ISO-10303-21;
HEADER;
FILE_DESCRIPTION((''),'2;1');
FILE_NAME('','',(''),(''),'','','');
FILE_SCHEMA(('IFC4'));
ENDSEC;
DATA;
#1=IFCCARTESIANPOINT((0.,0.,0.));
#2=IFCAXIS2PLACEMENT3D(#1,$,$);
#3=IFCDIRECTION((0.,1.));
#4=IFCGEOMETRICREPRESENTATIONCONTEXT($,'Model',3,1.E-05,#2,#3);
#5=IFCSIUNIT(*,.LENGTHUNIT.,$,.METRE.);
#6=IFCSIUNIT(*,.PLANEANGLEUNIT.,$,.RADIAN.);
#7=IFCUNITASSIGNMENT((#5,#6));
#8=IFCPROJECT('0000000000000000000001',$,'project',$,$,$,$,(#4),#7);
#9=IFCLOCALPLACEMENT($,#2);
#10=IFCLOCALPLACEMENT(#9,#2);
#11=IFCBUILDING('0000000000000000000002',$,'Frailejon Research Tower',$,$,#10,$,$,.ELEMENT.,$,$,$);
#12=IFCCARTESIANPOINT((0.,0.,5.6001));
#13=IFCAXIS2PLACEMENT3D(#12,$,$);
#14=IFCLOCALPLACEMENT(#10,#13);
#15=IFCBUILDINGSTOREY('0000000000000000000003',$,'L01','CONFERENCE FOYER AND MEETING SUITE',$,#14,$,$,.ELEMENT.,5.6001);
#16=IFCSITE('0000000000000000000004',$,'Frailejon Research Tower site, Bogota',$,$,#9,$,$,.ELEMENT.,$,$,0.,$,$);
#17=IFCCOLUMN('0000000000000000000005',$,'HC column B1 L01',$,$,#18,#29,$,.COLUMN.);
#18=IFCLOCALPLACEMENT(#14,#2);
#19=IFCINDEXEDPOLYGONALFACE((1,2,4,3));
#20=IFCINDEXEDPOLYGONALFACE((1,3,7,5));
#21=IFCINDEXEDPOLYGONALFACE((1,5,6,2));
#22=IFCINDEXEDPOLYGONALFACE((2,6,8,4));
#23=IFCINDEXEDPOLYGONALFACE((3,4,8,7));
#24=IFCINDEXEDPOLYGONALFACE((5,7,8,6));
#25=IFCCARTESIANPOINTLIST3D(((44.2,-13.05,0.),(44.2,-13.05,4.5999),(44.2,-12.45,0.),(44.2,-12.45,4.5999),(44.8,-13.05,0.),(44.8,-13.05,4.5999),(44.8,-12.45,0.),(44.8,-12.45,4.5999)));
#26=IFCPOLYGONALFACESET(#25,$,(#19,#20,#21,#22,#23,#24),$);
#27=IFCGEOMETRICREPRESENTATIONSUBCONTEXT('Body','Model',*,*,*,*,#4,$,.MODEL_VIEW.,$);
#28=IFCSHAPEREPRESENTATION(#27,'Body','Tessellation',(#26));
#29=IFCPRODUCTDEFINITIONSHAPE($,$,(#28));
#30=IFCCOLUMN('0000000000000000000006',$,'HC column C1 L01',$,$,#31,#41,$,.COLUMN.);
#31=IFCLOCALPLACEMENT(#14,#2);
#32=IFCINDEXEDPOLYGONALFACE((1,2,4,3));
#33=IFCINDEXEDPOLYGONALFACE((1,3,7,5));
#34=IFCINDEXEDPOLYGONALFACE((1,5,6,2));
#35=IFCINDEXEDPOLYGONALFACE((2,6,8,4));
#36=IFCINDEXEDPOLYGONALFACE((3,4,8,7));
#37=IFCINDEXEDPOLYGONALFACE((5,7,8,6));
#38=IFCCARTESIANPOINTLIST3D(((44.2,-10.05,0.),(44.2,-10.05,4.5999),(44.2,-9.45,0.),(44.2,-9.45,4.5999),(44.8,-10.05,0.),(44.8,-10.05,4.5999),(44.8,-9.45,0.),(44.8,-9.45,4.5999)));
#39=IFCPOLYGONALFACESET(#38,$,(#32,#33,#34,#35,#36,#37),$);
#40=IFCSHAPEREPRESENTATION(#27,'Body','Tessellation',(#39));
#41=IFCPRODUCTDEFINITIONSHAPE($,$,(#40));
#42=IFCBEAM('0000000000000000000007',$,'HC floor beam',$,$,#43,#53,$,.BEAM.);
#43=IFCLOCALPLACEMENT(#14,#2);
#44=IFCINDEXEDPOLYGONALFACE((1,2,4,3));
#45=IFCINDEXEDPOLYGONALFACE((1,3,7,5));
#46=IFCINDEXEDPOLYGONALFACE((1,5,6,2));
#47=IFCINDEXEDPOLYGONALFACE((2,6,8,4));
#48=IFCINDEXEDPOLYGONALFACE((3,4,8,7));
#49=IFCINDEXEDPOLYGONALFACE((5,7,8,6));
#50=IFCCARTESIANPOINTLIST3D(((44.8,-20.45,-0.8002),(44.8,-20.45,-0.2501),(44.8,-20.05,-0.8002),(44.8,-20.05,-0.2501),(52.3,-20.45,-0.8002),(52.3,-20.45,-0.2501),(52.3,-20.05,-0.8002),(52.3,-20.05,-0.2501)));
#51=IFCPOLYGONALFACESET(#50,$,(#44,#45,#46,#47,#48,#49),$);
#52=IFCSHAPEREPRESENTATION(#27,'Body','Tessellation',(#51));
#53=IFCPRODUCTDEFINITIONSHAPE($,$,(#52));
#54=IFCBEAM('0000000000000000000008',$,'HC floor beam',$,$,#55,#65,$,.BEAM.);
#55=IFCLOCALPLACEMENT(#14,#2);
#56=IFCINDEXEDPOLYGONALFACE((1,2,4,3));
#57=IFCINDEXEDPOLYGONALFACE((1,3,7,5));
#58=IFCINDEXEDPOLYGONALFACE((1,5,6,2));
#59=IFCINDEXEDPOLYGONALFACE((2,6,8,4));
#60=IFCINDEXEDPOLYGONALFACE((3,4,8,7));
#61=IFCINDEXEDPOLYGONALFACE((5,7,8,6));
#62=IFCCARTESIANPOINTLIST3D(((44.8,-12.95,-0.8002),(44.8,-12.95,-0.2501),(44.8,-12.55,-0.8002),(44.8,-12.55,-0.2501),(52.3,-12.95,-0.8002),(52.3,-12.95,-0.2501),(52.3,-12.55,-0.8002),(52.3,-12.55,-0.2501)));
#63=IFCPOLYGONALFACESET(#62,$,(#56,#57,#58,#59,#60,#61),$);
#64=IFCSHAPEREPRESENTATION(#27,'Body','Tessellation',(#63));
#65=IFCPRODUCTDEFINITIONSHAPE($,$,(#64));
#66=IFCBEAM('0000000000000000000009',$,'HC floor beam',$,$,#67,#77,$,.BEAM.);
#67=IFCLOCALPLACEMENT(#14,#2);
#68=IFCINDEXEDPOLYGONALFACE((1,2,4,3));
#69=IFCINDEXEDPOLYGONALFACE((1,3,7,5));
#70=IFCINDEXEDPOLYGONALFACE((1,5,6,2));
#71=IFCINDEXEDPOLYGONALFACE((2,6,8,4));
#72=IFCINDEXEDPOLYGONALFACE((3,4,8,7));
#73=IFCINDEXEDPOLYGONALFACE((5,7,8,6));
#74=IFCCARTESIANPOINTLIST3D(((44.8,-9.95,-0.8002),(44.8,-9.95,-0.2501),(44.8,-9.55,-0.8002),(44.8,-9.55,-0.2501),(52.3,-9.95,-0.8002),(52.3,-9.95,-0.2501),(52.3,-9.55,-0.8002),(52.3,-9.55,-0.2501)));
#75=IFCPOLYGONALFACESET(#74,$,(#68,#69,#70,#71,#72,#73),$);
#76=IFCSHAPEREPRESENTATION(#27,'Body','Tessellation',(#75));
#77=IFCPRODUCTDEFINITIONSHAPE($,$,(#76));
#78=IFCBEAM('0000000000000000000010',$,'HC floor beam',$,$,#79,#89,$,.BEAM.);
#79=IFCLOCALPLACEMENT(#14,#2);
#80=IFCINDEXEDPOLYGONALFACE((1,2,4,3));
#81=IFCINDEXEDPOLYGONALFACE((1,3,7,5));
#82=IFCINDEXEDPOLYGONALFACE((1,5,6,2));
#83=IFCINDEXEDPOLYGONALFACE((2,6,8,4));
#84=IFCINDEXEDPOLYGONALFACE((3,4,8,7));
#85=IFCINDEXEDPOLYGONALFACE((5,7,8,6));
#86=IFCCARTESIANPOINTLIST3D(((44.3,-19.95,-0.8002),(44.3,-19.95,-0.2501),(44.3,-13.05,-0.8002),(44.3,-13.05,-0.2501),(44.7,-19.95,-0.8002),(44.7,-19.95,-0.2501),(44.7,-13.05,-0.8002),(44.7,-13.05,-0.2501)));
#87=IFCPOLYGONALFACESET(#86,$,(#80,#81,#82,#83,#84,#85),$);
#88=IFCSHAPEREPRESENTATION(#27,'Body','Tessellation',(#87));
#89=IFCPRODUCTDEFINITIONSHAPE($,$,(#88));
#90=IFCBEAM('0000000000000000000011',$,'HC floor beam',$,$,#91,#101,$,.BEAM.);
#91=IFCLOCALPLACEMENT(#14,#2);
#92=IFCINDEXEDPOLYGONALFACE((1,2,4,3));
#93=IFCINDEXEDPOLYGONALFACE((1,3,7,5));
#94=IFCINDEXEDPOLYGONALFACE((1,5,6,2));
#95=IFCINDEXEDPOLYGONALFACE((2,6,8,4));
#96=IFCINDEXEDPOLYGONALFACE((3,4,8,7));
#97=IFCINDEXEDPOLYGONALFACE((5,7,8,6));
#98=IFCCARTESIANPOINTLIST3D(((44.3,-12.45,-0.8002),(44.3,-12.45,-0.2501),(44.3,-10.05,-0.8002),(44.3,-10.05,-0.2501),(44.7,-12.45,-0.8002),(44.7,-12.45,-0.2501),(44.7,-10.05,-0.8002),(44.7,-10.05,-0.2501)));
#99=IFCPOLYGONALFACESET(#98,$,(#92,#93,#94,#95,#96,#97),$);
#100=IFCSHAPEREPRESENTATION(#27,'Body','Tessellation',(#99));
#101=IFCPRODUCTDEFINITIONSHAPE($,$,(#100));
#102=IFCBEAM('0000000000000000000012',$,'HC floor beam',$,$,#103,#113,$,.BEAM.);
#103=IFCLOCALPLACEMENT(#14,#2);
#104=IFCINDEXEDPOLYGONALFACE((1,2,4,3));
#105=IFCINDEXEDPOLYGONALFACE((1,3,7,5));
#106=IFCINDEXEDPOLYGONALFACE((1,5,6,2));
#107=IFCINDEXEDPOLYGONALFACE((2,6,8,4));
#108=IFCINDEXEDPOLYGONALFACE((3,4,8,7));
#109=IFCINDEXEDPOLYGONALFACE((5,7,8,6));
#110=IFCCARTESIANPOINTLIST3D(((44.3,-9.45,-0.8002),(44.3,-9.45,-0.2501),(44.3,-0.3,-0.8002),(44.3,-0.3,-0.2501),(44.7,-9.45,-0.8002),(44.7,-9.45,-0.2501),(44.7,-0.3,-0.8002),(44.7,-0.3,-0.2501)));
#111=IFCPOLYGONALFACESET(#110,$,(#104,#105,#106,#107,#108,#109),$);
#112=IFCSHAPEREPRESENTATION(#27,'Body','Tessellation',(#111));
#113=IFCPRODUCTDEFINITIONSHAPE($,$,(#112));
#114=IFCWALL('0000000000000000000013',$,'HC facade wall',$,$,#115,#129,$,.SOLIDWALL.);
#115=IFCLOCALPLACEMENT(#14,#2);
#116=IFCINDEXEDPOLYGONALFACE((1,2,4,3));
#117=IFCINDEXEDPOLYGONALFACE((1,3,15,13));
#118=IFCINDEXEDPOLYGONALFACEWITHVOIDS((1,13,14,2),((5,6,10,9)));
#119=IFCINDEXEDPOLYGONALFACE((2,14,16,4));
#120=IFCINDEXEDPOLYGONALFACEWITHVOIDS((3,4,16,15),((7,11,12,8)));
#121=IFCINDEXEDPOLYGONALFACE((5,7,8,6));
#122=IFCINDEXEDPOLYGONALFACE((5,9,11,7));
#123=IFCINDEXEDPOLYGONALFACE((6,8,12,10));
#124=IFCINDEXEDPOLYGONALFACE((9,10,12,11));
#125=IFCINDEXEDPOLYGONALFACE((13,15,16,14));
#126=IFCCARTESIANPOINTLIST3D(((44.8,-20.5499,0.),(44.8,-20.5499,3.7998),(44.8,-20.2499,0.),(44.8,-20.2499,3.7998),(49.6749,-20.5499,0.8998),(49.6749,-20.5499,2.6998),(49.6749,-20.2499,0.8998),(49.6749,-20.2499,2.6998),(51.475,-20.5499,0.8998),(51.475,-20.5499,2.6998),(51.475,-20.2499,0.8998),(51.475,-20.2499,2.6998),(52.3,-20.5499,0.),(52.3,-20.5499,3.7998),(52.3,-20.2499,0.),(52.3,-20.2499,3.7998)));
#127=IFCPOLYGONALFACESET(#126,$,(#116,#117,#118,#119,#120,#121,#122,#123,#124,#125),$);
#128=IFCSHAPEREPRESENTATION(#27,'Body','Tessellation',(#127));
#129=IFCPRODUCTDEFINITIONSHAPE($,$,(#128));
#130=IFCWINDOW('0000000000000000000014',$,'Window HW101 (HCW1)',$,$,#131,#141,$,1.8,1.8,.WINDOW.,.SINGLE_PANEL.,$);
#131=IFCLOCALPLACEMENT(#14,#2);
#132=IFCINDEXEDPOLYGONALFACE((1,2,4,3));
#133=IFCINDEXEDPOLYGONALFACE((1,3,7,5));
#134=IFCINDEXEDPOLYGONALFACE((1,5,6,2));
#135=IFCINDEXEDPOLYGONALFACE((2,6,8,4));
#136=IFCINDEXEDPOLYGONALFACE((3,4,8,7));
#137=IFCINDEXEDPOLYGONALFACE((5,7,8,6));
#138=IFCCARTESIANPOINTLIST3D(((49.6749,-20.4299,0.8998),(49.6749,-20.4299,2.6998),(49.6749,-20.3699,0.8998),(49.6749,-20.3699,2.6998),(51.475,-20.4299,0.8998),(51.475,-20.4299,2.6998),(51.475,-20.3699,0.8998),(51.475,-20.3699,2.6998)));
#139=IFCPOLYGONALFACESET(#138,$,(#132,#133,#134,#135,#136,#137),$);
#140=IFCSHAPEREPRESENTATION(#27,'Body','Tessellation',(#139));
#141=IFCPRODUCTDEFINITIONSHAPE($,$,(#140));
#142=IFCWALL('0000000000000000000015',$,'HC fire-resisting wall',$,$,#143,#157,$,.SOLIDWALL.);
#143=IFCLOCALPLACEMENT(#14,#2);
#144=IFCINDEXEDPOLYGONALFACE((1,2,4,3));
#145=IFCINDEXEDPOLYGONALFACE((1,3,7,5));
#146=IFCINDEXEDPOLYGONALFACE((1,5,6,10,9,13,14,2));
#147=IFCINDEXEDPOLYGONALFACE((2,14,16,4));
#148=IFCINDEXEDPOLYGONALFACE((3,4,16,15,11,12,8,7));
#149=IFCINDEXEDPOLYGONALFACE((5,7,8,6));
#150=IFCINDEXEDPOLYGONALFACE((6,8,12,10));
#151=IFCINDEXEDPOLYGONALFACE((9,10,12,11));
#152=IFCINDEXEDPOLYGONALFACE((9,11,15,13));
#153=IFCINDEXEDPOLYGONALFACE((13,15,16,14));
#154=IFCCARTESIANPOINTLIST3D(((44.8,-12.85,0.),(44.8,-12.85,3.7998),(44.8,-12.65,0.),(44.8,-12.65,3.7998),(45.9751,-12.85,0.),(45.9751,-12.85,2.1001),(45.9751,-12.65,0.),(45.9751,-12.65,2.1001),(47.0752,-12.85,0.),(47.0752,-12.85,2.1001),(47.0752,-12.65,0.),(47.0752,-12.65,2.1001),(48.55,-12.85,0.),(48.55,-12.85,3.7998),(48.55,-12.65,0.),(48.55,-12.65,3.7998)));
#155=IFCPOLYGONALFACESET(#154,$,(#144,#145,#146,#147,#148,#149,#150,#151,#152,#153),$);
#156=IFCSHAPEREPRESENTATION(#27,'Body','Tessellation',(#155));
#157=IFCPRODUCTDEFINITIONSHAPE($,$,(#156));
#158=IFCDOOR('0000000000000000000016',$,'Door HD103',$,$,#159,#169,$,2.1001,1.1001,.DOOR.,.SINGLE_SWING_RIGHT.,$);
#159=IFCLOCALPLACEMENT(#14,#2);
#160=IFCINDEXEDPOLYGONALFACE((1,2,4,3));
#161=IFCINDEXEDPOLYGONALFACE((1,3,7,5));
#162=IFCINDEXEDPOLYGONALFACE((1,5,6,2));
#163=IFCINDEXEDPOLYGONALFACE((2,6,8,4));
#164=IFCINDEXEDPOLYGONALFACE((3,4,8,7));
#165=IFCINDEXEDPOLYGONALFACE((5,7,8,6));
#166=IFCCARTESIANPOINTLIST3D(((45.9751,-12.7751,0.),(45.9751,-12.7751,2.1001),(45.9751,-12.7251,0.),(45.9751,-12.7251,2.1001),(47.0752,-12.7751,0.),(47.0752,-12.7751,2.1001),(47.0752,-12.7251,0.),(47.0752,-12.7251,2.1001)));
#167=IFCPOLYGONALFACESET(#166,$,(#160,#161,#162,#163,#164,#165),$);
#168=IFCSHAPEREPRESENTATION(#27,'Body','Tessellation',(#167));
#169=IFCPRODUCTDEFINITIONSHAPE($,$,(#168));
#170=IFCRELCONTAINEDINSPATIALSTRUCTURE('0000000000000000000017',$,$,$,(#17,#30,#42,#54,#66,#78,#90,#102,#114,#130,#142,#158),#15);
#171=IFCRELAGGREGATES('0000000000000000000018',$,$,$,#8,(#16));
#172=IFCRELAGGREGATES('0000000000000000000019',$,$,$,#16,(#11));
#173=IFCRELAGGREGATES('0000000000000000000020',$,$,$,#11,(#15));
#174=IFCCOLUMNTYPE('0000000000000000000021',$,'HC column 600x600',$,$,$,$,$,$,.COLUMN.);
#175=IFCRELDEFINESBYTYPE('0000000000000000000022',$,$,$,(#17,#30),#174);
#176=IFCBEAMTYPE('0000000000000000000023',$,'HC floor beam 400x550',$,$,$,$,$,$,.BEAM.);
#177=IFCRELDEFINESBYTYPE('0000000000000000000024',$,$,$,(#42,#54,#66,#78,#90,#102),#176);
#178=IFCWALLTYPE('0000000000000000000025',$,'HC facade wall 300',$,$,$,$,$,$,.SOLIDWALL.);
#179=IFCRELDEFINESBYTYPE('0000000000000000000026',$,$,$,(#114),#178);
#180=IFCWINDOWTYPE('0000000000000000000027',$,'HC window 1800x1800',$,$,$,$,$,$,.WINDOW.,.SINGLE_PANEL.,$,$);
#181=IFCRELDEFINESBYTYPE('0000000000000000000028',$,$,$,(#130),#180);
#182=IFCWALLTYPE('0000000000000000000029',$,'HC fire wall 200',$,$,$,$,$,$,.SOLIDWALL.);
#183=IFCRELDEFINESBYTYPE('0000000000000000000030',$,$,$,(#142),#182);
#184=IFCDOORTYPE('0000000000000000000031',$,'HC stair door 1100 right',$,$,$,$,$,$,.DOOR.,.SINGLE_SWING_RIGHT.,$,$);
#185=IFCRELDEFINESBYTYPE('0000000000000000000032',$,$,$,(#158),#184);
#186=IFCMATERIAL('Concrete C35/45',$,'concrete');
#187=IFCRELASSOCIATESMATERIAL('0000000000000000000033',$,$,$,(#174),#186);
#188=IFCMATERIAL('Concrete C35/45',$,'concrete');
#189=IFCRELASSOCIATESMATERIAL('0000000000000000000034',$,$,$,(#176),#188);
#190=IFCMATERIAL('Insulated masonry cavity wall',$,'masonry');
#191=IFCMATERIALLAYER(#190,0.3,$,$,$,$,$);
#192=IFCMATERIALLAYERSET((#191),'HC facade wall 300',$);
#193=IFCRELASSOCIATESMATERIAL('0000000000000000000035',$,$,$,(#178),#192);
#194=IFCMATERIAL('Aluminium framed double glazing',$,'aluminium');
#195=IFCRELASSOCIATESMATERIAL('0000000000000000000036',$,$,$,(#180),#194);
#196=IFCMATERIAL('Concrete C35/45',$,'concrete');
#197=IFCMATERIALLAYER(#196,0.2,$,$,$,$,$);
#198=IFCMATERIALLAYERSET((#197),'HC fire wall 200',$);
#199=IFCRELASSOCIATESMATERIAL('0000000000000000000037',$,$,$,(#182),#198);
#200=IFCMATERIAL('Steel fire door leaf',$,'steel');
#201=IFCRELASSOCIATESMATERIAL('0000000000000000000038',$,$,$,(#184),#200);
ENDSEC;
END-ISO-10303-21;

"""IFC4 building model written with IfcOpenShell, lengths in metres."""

from ifc_helpers import new_model, si_unit, direction, frame, frame_2d, origin, origin_2d, place, context, subcontext, project, spatial, rectangle, extrude, material, layer, layer_set, material_profile, profile_set, type_object, element, fill, save


model = new_model("IFC4")

# Units and contexts
model_context = context("Model", 3, precision=1e-05, world=origin(), true_north=direction((0.0, 1.0)))
body_context = subcontext(model_context, "Body", "Model", "MODEL_VIEW")
ifc_project = project(units=[si_unit("LENGTHUNIT", "METRE"), si_unit("PLANEANGLEUNIT", "RADIAN")], contexts=[model_context])

# Site, building, storey
site_placement = place(None, origin())
site = spatial("IfcSite", under=ifc_project, at=site_placement, Name="Frailejon Research Tower site, Bogota", CompositionType="ELEMENT", RefElevation=0.0)
building_placement = place(site_placement, origin())
building = spatial("IfcBuilding", under=site, at=building_placement, Name="Frailejon Research Tower", CompositionType="ELEMENT")
storey_placement = place(building_placement, frame((0.0, 0.0, 5.6001)))
storey = spatial("IfcBuildingStorey", under=building, at=storey_placement, Name="L01", Description="CONFERENCE FOYER AND MEETING SUITE", CompositionType="ELEMENT", Elevation=5.6001)

# Columns
ifc_material_1 = material(Name="Concrete C35/45", Category="concrete")
ifc_material_profile_1 = material_profile(ifc_material_1, rectangle(XDim=0.6001, YDim=0.6001, at=origin_2d()), Name="HC column 600x600")
ifc_profile_set_1 = profile_set([ifc_material_profile_1], Name="Concrete C35/45")
column_type = type_object("IfcColumnType", Name="HC column 600x600", PredefinedType="COLUMN", material=ifc_profile_set_1)
for number, where, z_axis, x_axis, name in (
    (1, (44.5, -12.75, 0.0), (0.0, 0.0, 1.0), (1.0, 0.0, 0.0), "HC column B1 L01"),
    (2, (44.5, -9.75, 0.0), (0.0, 0.0, 1.0), (1.0, 0.0, 0.0), "HC column C1 L01"),
):
    element("IfcColumn", number, at=place(storey_placement, frame(where, z_axis=z_axis, x_axis=x_axis)), inside=storey, type_object=column_type, Name=name, PredefinedType="COLUMN", context=body_context, shape_type="SweptSolid", body=[
        extrude(rectangle(XDim=0.6001, YDim=0.6001, at=origin_2d()), origin(), (0.0, 0.0, 1.0), 4.5999),
    ])

# Beams
ifc_material_2 = material(Name="Concrete C35/45", Category="concrete")
ifc_material_profile_2 = material_profile(ifc_material_2, rectangle(XDim=0.3999, YDim=0.55, at=origin_2d()), Name="HC floor beam 400x550")
ifc_profile_set_2 = profile_set([ifc_material_profile_2], Name="Concrete C35/45")
beam_type = type_object("IfcBeamType", Name="HC floor beam 400x550", PredefinedType="BEAM", material=ifc_profile_set_2)
for number, where, z_axis, x_axis, name in (
    (3, (44.8, -20.25, -0.5251), (1.0, 0.0, 0.0), (0.0, 1.0, 0.0), "HC floor beam"),
    (4, (44.8, -12.75, -0.5251), (1.0, 0.0, 0.0), (0.0, 1.0, 0.0), "HC floor beam"),
    (5, (44.8, -9.75, -0.5251), (1.0, 0.0, 0.0), (0.0, 1.0, 0.0), "HC floor beam"),
):
    element("IfcBeam", number, at=place(storey_placement, frame(where, z_axis=z_axis, x_axis=x_axis)), inside=storey, type_object=beam_type, Name=name, PredefinedType="BEAM", context=body_context, shape_type="SweptSolid", body=[
        extrude(rectangle(XDim=0.3999, YDim=0.55, at=origin_2d()), origin(), (0.0, 0.0, 1.0), 7.5),
    ])
beam_1_placement = place(storey_placement, frame((44.5, -19.95, -0.5251), z_axis=(0.0, 1.0, 0.0), x_axis=(-1.0, 0.0, 0.0)))
element("IfcBeam", 6, at=beam_1_placement, inside=storey, type_object=beam_type, Name="HC floor beam", PredefinedType="BEAM", context=body_context, shape_type="SweptSolid", body=[
    extrude(rectangle(XDim=0.3999, YDim=0.55, at=origin_2d()), origin(), (0.0, 0.0, 1.0), 6.8999),
])
beam_2_placement = place(storey_placement, frame((44.5, -12.45, -0.5251), z_axis=(0.0, 1.0, 0.0), x_axis=(-1.0, 0.0, 0.0)))
element("IfcBeam", 7, at=beam_2_placement, inside=storey, type_object=beam_type, Name="HC floor beam", PredefinedType="BEAM", context=body_context, shape_type="SweptSolid", body=[
    extrude(rectangle(XDim=0.3999, YDim=0.55, at=origin_2d()), origin(), (0.0, 0.0, 1.0), 2.3999),
])
beam_3_placement = place(storey_placement, frame((44.5, -9.45, -0.5251), z_axis=(0.0, 1.0, 0.0), x_axis=(-1.0, 0.0, 0.0)))
element("IfcBeam", 8, at=beam_3_placement, inside=storey, type_object=beam_type, Name="HC floor beam", PredefinedType="BEAM", context=body_context, shape_type="SweptSolid", body=[
    extrude(rectangle(XDim=0.3999, YDim=0.55, at=origin_2d()), origin(), (0.0, 0.0, 1.0), 9.1499),
])

# Wall, opening, window
ifc_material_3 = material(Name="Insulated masonry cavity wall", Category="masonry")
ifc_layer_1 = layer(ifc_material_3, 0.3)
ifc_layer_set_1 = layer_set([ifc_layer_1], Name="HC facade wall 300")
wall_type_1 = type_object("IfcWallType", Name="HC facade wall 300", PredefinedType="SOLIDWALL", material=ifc_layer_set_1)
wall_1_placement = place(storey_placement, frame((44.8, -20.3999, 0.0), z_axis=(0.0, 0.0, 1.0), x_axis=(1.0, 0.0, 0.0)))
wall_1 = element("IfcWall", 9, at=wall_1_placement, inside=storey, type_object=wall_type_1, Name="HC facade wall", PredefinedType="SOLIDWALL", context=body_context, shape_type="SweptSolid", body=[
    extrude(rectangle(XDim=7.5, YDim=0.3, at=frame_2d((3.75, 0.0))), origin(), (0.0, 0.0, 1.0), 3.7998),
])
opening_1_placement = place(wall_1_placement, frame((4.875, 0.0, 0.8999)))
opening_1 = element("IfcOpeningElement", 10, at=opening_1_placement, cuts=wall_1, PredefinedType="OPENING", context=body_context, shape_type="SweptSolid", body=[
    extrude(rectangle(XDim=1.8, YDim=1.8, at=frame_2d((0.8999, 0.8999))), frame((0.0, 0.1599, 0.0), z_axis=(0.0, -1.0, 0.0), x_axis=(1.0, 0.0, 0.0)), (0.0, 0.0, 1.0), 0.3201),
])
ifc_material_4 = material(Name="Aluminium framed double glazing", Category="aluminium")
window_type = type_object("IfcWindowType", Name="HC window 1800x1800", PartitioningType="SINGLE_PANEL", PredefinedType="WINDOW", material=ifc_material_4)
window_placement = place(opening_1_placement, origin())
window = element("IfcWindow", 11, at=window_placement, inside=storey, type_object=window_type, Name="Window HW101 (HCW1)", OverallHeight=1.8, OverallWidth=1.8, PartitioningType="SINGLE_PANEL", PredefinedType="WINDOW", context=body_context, shape_type="SweptSolid", body=[
    extrude(rectangle(XDim=1.8, YDim=1.8, at=frame_2d((0.8999, 0.8999))), frame((0.0, 0.03, 0.0), z_axis=(0.0, -1.0, 0.0), x_axis=(1.0, 0.0, 0.0)), (0.0, 0.0, 1.0), 0.0601),
])
fill(opening_1, window)

# Wall, opening, door
ifc_material_5 = material(Name="Concrete C35/45", Category="concrete")
ifc_layer_2 = layer(ifc_material_5, 0.2)
ifc_layer_set_2 = layer_set([ifc_layer_2], Name="HC fire wall 200")
wall_type_2 = type_object("IfcWallType", Name="HC fire wall 200", PredefinedType="SOLIDWALL", material=ifc_layer_set_2)
wall_2_placement = place(storey_placement, frame((44.8, -12.75, 0.0), z_axis=(0.0, 0.0, 1.0), x_axis=(1.0, 0.0, 0.0)))
wall_2 = element("IfcWall", 12, at=wall_2_placement, inside=storey, type_object=wall_type_2, Name="HC fire-resisting wall", PredefinedType="SOLIDWALL", context=body_context, shape_type="SweptSolid", body=[
    extrude(rectangle(XDim=3.75, YDim=0.2, at=frame_2d((1.875, 0.0))), origin(), (0.0, 0.0, 1.0), 3.7998),
])
opening_2_placement = place(wall_2_placement, frame((1.175, 0.0, 0.0)))
opening_2 = element("IfcOpeningElement", 13, at=opening_2_placement, cuts=wall_2, PredefinedType="OPENING", context=body_context, shape_type="SweptSolid", body=[
    extrude(rectangle(XDim=1.1001, YDim=2.1001, at=frame_2d((0.55, 1.05))), frame((0.0, 0.1099, 0.0), z_axis=(0.0, -1.0, 0.0), x_axis=(1.0, 0.0, 0.0)), (0.0, 0.0, 1.0), 0.22),
])
ifc_material_6 = material(Name="Steel fire door leaf", Category="steel")
door_type_1 = type_object("IfcDoorType", Name="HC stair door 1100 right", OperationType="SINGLE_SWING_RIGHT", PredefinedType="DOOR", material=ifc_material_6)
door_1_placement = place(opening_2_placement, origin())
door_1 = element("IfcDoor", 14, at=door_1_placement, inside=storey, type_object=door_type_1, Name="Door HD103", OperationType="SINGLE_SWING_RIGHT", OverallHeight=2.1001, OverallWidth=1.1001, PredefinedType="DOOR", context=body_context, shape_type="SweptSolid", body=[
    extrude(rectangle(XDim=1.1001, YDim=2.1001, at=frame_2d((0.55, 1.05))), frame((0.0, 0.0249, 0.0), z_axis=(0.0, -1.0, 0.0), x_axis=(1.0, 0.0, 0.0)), (0.0, 0.0, 1.0), 0.05),
])
fill(opening_2, door_1)

save(model, "model.ifc")
